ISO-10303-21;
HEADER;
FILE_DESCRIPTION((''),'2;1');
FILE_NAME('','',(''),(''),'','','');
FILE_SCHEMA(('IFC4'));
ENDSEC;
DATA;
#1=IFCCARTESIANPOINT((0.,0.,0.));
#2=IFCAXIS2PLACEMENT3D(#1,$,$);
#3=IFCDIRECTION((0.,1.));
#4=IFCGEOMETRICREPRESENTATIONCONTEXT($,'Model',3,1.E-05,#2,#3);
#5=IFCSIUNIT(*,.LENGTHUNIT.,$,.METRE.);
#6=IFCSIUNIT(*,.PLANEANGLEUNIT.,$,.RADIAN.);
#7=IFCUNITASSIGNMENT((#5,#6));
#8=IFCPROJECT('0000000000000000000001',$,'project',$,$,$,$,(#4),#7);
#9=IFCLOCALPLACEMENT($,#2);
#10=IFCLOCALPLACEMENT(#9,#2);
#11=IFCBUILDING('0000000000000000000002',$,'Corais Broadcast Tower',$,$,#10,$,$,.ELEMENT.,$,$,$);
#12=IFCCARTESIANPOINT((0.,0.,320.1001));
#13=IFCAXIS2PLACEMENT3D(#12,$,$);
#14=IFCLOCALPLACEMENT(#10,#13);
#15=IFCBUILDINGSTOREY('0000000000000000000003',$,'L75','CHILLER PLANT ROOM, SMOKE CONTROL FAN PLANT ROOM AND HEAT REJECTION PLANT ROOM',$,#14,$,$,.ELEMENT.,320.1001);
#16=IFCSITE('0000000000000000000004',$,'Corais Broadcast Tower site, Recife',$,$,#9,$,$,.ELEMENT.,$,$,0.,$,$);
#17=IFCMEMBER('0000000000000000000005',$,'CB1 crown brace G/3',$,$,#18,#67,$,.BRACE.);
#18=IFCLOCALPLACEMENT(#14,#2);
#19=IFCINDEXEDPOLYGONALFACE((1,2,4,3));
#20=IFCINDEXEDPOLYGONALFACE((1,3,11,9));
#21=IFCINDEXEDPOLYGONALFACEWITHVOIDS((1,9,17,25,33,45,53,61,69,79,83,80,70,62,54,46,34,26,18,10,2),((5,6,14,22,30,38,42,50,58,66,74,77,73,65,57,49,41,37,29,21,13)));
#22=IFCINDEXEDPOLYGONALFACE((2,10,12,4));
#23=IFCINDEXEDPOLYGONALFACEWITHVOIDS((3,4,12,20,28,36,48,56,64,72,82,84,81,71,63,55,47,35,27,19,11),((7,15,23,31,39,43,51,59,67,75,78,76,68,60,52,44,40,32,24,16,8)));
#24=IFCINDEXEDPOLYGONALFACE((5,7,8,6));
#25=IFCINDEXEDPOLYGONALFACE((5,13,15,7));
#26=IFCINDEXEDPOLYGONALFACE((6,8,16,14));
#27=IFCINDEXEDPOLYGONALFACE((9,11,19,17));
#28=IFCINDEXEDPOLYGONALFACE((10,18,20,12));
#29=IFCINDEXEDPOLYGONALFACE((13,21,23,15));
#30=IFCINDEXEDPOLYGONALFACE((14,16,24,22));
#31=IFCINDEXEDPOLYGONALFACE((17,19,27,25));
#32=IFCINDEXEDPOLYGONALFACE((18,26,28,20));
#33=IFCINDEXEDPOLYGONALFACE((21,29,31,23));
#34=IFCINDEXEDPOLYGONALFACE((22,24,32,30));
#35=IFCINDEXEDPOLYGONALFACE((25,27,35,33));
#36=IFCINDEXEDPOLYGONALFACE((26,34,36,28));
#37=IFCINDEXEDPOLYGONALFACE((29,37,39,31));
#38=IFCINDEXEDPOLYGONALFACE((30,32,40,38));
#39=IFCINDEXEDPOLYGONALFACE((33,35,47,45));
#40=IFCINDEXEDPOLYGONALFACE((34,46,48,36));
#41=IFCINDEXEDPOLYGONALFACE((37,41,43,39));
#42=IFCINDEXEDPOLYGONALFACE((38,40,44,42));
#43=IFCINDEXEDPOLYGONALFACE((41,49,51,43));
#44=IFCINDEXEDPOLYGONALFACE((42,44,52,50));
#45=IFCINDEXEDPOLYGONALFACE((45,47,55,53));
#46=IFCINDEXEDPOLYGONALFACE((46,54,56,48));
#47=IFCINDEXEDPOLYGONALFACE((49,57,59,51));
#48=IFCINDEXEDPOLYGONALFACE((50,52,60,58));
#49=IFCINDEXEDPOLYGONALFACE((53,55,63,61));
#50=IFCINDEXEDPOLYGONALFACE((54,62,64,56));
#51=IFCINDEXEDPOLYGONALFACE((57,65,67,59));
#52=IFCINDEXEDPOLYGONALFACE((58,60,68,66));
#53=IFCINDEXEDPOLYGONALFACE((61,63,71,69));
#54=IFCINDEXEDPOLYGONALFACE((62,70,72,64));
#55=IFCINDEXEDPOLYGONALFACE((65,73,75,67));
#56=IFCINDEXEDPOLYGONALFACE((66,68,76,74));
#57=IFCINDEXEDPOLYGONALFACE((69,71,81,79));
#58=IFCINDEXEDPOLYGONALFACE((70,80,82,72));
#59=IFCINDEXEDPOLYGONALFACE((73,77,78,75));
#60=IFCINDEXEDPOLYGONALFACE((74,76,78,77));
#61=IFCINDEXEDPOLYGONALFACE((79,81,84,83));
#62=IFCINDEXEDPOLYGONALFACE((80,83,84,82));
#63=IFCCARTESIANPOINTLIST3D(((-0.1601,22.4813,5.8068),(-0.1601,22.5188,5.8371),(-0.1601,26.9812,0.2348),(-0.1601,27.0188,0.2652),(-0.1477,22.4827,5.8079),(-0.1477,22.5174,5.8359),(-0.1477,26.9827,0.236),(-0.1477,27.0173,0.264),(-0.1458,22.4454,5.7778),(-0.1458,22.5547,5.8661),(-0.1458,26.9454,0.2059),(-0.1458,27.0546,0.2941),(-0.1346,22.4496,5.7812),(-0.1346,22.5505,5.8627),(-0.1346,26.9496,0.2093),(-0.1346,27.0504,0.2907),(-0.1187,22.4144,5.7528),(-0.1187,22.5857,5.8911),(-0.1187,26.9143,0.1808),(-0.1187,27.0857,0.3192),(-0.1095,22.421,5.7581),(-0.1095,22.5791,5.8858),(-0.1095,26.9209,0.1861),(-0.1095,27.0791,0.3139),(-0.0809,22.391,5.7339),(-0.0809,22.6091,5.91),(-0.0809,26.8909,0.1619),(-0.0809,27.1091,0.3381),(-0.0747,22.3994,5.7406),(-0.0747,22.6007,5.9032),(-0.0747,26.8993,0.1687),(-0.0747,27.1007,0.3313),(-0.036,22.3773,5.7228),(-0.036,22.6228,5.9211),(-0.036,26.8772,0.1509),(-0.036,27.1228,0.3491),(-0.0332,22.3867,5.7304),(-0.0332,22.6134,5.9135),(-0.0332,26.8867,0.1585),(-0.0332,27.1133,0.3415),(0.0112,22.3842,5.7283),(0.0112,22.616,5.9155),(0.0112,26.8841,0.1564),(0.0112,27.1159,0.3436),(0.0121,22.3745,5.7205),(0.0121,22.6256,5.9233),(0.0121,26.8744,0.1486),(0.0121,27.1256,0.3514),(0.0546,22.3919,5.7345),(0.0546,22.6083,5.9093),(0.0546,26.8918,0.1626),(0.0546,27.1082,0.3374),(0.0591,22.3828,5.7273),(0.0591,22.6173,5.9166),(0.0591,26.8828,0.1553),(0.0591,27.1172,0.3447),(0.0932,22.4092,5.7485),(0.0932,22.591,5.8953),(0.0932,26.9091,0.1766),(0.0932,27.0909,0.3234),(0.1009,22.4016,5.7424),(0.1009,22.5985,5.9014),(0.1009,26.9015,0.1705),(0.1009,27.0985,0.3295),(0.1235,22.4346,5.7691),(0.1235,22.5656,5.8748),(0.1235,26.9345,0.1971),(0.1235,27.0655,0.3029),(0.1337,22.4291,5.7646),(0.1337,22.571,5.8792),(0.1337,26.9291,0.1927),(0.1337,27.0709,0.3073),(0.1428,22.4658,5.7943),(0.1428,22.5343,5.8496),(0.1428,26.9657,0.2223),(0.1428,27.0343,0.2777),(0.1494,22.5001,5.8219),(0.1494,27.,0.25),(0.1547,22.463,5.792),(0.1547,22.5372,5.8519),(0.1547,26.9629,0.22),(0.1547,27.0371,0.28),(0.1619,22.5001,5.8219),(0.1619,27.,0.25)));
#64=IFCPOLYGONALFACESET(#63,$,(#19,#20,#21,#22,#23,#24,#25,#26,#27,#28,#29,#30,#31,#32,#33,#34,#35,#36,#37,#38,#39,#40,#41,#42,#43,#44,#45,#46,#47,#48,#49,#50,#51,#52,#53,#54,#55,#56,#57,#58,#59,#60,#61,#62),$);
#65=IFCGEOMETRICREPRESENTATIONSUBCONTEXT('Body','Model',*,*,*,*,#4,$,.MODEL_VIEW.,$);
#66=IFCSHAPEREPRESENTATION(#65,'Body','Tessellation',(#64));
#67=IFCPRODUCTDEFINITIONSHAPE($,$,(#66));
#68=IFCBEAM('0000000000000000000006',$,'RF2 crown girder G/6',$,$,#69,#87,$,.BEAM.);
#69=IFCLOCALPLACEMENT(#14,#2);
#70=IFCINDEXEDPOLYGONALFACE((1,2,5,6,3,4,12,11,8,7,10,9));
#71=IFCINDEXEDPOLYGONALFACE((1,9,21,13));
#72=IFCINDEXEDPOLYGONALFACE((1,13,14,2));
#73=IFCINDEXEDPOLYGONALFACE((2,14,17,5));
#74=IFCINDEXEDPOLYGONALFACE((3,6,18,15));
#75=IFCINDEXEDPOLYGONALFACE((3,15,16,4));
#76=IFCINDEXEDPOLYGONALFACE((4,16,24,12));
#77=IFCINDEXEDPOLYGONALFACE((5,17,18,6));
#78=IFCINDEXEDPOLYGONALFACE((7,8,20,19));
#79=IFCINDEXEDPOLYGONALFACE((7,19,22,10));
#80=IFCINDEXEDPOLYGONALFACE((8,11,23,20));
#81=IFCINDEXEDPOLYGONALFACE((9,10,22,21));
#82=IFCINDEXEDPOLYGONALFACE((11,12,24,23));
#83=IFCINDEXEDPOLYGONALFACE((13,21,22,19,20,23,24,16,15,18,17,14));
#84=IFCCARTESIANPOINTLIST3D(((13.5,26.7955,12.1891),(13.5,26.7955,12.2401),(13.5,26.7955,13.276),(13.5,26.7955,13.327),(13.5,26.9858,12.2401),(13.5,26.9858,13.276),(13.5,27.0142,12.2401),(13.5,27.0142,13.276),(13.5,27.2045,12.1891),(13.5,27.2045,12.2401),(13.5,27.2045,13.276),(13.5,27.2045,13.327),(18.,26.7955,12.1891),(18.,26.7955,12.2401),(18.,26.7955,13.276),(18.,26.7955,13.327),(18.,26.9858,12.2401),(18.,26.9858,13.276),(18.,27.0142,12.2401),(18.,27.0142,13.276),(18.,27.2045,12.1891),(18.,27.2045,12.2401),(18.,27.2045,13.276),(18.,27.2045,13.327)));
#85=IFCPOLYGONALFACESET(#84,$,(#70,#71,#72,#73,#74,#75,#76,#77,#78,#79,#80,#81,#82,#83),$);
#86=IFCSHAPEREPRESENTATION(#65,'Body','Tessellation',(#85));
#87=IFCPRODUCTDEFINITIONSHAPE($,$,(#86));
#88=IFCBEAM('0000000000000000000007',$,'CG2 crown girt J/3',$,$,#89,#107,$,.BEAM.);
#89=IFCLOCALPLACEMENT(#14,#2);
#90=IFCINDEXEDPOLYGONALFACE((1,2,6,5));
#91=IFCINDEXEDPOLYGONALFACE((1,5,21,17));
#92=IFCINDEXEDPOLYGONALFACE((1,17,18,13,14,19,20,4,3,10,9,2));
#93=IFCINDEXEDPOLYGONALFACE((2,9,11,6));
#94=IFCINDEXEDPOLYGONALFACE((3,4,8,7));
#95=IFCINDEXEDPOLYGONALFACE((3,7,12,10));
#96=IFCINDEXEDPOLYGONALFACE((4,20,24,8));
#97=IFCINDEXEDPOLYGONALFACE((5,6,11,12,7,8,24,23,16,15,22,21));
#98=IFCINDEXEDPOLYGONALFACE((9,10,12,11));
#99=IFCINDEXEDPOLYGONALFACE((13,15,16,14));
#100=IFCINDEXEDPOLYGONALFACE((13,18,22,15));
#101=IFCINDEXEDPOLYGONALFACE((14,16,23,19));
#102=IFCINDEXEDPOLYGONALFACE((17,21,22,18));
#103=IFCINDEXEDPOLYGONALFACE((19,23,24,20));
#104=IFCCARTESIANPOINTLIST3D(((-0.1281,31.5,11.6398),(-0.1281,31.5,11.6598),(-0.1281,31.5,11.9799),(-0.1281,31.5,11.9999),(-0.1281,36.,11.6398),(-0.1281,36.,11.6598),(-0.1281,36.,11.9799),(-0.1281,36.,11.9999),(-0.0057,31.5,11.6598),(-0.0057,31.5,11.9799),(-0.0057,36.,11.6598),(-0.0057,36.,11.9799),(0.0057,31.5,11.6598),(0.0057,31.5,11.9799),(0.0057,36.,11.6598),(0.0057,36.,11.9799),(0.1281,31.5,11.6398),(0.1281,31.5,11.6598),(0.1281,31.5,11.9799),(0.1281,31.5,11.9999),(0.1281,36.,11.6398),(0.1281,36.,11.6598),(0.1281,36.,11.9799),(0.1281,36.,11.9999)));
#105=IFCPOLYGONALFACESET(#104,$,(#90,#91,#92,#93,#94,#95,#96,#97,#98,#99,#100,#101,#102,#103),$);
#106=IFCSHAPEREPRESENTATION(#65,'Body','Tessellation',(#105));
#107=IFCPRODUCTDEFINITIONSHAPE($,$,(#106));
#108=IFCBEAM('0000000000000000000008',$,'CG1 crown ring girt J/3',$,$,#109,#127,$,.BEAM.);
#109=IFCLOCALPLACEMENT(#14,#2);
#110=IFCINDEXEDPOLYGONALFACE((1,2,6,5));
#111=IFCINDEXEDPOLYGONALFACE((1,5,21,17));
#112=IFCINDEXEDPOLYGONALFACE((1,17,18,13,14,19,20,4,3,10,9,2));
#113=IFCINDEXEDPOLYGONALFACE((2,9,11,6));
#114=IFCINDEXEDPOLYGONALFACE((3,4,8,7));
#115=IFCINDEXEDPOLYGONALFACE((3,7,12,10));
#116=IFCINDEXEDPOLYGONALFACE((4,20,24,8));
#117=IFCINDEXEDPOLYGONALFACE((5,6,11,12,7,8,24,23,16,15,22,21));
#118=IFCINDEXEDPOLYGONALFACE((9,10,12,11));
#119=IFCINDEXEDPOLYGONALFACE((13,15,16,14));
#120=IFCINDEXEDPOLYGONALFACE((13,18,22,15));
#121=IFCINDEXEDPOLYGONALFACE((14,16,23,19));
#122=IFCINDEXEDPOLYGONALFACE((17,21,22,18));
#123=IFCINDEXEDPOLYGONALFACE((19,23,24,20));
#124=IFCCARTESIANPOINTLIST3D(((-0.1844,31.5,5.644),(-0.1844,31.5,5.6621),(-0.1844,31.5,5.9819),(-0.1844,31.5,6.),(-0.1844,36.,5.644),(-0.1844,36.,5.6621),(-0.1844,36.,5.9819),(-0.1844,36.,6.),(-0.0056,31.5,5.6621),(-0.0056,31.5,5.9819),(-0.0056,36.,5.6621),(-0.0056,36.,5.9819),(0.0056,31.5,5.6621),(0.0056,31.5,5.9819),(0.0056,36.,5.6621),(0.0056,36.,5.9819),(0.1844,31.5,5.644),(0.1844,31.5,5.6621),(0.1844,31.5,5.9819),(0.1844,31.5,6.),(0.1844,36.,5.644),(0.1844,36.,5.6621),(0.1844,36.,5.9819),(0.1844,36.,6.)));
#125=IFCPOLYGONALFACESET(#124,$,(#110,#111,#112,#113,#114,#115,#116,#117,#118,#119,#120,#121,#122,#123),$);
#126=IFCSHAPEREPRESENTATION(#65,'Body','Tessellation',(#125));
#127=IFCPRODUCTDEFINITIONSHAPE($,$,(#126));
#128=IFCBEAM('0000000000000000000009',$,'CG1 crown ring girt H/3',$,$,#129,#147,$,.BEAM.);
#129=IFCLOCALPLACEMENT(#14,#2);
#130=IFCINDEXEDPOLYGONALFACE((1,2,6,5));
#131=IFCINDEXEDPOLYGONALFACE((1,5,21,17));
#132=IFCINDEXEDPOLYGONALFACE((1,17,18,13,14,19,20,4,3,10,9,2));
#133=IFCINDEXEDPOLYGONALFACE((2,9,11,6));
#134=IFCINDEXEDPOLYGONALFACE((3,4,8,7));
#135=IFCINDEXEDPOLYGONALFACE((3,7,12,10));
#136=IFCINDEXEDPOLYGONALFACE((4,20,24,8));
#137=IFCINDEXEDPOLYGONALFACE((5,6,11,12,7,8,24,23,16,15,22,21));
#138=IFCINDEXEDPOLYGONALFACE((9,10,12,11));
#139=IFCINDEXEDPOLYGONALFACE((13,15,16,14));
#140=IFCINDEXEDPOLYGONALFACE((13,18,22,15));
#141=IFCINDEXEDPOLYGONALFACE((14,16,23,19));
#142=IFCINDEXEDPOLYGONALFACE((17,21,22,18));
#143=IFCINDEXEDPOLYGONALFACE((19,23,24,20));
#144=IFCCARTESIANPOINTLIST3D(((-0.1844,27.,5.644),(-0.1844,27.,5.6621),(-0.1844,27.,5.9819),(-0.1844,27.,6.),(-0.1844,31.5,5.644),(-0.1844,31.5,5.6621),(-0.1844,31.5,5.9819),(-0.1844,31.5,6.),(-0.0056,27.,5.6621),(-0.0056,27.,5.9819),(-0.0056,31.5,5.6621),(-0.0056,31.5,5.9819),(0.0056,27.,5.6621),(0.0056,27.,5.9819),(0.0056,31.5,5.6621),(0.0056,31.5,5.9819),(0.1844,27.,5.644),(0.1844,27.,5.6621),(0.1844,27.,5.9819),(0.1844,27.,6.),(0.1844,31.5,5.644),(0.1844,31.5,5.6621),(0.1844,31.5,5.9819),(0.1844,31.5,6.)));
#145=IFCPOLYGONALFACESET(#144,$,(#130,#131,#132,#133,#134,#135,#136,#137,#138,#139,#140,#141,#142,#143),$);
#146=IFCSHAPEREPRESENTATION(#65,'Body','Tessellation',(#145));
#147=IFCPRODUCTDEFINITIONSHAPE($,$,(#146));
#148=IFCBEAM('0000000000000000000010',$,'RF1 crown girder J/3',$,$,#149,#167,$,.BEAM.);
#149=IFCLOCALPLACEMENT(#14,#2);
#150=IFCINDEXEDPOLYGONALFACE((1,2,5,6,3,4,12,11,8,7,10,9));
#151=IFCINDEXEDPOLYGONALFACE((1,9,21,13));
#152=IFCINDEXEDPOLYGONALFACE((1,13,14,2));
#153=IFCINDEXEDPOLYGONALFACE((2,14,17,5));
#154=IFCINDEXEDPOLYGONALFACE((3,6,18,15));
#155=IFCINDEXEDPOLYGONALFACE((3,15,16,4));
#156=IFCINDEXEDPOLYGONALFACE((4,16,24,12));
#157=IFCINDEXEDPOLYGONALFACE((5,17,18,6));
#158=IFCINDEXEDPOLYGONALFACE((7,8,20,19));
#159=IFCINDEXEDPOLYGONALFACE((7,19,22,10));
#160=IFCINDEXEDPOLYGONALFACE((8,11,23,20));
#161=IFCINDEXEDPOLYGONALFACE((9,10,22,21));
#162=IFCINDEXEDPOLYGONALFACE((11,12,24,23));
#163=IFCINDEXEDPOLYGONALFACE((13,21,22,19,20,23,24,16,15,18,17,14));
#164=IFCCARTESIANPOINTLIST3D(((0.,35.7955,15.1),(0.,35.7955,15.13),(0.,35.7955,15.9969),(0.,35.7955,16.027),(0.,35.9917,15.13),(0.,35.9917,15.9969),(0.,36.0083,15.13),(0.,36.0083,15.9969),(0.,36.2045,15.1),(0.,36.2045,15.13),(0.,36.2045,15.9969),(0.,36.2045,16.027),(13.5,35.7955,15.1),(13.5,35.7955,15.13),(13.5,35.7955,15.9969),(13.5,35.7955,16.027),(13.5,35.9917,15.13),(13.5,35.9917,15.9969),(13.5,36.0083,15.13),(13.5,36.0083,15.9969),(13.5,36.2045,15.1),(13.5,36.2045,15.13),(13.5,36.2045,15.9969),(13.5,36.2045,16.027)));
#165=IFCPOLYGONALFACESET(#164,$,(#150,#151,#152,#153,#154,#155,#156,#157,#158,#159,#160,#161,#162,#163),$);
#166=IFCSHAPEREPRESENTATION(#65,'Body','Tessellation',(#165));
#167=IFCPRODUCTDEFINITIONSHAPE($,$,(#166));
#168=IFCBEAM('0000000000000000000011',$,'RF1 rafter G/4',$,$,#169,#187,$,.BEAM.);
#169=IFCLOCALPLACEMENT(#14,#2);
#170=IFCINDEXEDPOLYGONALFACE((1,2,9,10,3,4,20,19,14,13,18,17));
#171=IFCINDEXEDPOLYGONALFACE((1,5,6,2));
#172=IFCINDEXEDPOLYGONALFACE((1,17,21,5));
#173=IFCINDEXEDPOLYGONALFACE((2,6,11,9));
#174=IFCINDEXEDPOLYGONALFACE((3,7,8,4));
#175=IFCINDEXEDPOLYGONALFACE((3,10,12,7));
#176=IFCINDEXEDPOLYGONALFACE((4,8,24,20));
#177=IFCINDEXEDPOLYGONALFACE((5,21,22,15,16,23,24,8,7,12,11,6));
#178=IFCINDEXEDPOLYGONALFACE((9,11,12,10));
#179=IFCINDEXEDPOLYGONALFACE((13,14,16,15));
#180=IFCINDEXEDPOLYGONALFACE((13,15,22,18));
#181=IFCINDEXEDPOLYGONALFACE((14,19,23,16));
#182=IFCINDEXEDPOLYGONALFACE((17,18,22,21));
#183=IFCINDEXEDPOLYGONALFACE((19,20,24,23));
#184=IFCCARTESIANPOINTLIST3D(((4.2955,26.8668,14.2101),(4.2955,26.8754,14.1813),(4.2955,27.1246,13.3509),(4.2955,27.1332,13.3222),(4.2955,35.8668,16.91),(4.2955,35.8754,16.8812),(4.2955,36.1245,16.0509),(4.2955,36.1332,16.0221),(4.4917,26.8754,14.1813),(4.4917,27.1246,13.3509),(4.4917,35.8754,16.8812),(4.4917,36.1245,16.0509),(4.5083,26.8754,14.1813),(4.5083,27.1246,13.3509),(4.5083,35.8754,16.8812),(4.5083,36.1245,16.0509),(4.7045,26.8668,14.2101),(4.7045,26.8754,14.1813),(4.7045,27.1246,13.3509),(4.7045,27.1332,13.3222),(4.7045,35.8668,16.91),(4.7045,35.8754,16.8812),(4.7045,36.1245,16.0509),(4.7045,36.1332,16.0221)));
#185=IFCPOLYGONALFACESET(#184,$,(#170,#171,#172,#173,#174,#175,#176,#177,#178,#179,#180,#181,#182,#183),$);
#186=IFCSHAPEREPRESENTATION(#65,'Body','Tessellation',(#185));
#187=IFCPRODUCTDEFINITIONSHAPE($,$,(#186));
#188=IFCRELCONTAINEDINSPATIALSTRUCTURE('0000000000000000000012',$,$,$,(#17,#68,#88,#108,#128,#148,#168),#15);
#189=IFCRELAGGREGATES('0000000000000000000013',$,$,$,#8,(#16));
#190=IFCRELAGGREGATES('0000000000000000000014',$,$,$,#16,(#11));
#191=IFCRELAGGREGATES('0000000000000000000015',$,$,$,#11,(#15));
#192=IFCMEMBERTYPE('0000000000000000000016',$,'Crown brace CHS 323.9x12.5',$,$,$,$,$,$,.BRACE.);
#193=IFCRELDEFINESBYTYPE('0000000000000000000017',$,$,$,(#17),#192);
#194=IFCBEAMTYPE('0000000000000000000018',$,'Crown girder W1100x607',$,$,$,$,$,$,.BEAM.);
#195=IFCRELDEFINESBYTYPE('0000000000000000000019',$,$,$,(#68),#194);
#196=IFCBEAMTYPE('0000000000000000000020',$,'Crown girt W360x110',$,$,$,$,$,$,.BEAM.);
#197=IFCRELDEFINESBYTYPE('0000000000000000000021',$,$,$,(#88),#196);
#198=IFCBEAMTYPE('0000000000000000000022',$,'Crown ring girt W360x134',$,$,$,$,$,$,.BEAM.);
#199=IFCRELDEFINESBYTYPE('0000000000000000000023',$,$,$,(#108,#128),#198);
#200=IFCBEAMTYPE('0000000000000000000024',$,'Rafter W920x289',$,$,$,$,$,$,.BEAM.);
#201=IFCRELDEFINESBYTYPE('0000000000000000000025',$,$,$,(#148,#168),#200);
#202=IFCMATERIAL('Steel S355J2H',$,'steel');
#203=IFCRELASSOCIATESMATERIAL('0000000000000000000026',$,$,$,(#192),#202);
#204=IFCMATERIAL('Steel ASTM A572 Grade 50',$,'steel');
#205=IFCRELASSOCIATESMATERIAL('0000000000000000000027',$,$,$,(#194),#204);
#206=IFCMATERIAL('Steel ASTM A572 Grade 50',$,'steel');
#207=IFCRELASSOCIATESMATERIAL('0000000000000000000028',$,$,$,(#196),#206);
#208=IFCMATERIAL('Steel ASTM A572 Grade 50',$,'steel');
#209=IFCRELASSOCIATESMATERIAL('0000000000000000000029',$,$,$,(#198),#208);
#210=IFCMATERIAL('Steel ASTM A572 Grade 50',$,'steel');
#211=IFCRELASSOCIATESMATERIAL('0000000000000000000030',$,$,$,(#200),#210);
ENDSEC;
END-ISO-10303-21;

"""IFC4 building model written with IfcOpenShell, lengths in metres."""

from ifc_helpers import new_model, si_unit, direction, frame, origin, origin_2d, place, context, subcontext, project, spatial, hollow_circle, i_section, extrude, material, material_profile, profile_set, type_object, element, save


model = new_model("IFC4")

# Units and contexts
model_context = context("Model", 3, precision=1e-05, world=origin(), true_north=direction((0.0, 1.0)))
body_context = subcontext(model_context, "Body", "Model", "MODEL_VIEW")
ifc_project = project(units=[si_unit("LENGTHUNIT", "METRE"), si_unit("PLANEANGLEUNIT", "RADIAN")], contexts=[model_context])

# Site, building, storey
site_placement = place(None, origin())
site = spatial("IfcSite", under=ifc_project, at=site_placement, Name="Corais Broadcast Tower site, Recife", CompositionType="ELEMENT", RefElevation=0.0)
building_placement = place(site_placement, origin())
building = spatial("IfcBuilding", under=site, at=building_placement, Name="Corais Broadcast Tower", CompositionType="ELEMENT")
storey_placement = place(building_placement, frame((0.0, 0.0, 320.1001)))
storey = spatial("IfcBuildingStorey", under=building, at=storey_placement, Name="L75", Description="CHILLER PLANT ROOM, SMOKE CONTROL FAN PLANT ROOM AND HEAT REJECTION PLANT ROOM", CompositionType="ELEMENT", Elevation=320.1001)

# Member
ifc_material_1 = material(Name="Steel S355J2H", Category="steel")
ifc_material_profile_1 = material_profile(ifc_material_1, hollow_circle(Radius=0.1619, WallThickness=0.0125, at=origin_2d()), Name="CHS 323.9x12.5")
ifc_profile_set_1 = profile_set([ifc_material_profile_1], Name="Steel S355J2H")
member_type = type_object("IfcMemberType", Name="Crown brace CHS 323.9x12.5", PredefinedType="BRACE", material=ifc_profile_set_1)
member_placement = place(storey_placement, frame((0.0, 27.0, 0.25), z_axis=(0.0, -0.628297, 0.777974), x_axis=(1.0, 0.0, 0.0)))
element("IfcMember", 1, at=member_placement, inside=storey, type_object=member_type, Name="CB1 crown brace G/3", PredefinedType="BRACE", context=body_context, shape_type="SweptSolid", body=[
    extrude(hollow_circle(Radius=0.1619, WallThickness=0.0125, at=origin_2d()), origin(), (0.0, 0.0, 1.0), 7.1621),
])

# Beams
ifc_material_2 = material(Name="Steel ASTM A572 Grade 50", Category="steel")
ifc_material_profile_2 = material_profile(ifc_material_2, i_section(OverallWidth=0.4089, OverallDepth=1.1379, WebThickness=0.0283, FlangeThickness=0.051, at=origin_2d()), Name="W1100x607")
ifc_profile_set_2 = profile_set([ifc_material_profile_2], Name="Steel ASTM A572 Grade 50")
beam_type_1 = type_object("IfcBeamType", Name="Crown girder W1100x607", PredefinedType="BEAM", material=ifc_profile_set_2)
beam_1_placement = place(storey_placement, frame((13.5, 27.0, 12.7581), z_axis=(1.0, 0.0, 0.0), x_axis=(0.0, 1.0, 0.0)))
element("IfcBeam", 2, at=beam_1_placement, inside=storey, type_object=beam_type_1, Name="RF2 crown girder G/6", PredefinedType="BEAM", context=body_context, shape_type="SweptSolid", body=[
    extrude(i_section(OverallWidth=0.4089, OverallDepth=1.1379, WebThickness=0.0283, FlangeThickness=0.051, at=origin_2d()), origin(), (0.0, 0.0, 1.0), 4.5),
])
ifc_material_3 = material(Name="Steel ASTM A572 Grade 50", Category="steel")
ifc_material_profile_3 = material_profile(ifc_material_3, i_section(OverallWidth=0.2561, OverallDepth=0.3601, WebThickness=0.0115, FlangeThickness=0.02, at=origin_2d()), Name="W360x110")
ifc_profile_set_3 = profile_set([ifc_material_profile_3], Name="Steel ASTM A572 Grade 50")
beam_type_2 = type_object("IfcBeamType", Name="Crown girt W360x110", PredefinedType="BEAM", material=ifc_profile_set_3)
beam_2_placement = place(storey_placement, frame((0.0, 36.0, 11.8198), z_axis=(0.0, -1.0, 0.0), x_axis=(1.0, 0.0, 0.0)))
element("IfcBeam", 3, at=beam_2_placement, inside=storey, type_object=beam_type_2, Name="CG2 crown girt J/3", PredefinedType="BEAM", context=body_context, shape_type="SweptSolid", body=[
    extrude(i_section(OverallWidth=0.2561, OverallDepth=0.3601, WebThickness=0.0115, FlangeThickness=0.02, at=origin_2d()), origin(), (0.0, 0.0, 1.0), 4.5),
])
ifc_material_4 = material(Name="Steel ASTM A572 Grade 50", Category="steel")
ifc_material_profile_4 = material_profile(ifc_material_4, i_section(OverallWidth=0.3689, OverallDepth=0.356, WebThickness=0.0112, FlangeThickness=0.0181, at=origin_2d()), Name="W360x134")
ifc_profile_set_4 = profile_set([ifc_material_profile_4], Name="Steel ASTM A572 Grade 50")
beam_type_3 = type_object("IfcBeamType", Name="Crown ring girt W360x134", PredefinedType="BEAM", material=ifc_profile_set_4)
for number, where, z_axis, x_axis, name in (
    (4, (0.0, 36.0, 5.822), (0.0, -1.0, 0.0), (1.0, 0.0, 0.0), "CG1 crown ring girt J/3"),
    (5, (0.0, 31.5, 5.822), (0.0, -1.0, 0.0), (1.0, 0.0, 0.0), "CG1 crown ring girt H/3"),
):
    element("IfcBeam", number, at=place(storey_placement, frame(where, z_axis=z_axis, x_axis=x_axis)), inside=storey, type_object=beam_type_3, Name=name, PredefinedType="BEAM", context=body_context, shape_type="SweptSolid", body=[
        extrude(i_section(OverallWidth=0.3689, OverallDepth=0.356, WebThickness=0.0112, FlangeThickness=0.0181, at=origin_2d()), origin(), (0.0, 0.0, 1.0), 4.5),
    ])
ifc_material_5 = material(Name="Steel ASTM A572 Grade 50", Category="steel")
ifc_material_profile_5 = material_profile(ifc_material_5, i_section(OverallWidth=0.4089, OverallDepth=0.927, WebThickness=0.0166, FlangeThickness=0.03, at=origin_2d()), Name="W920x289")
ifc_profile_set_5 = profile_set([ifc_material_profile_5], Name="Steel ASTM A572 Grade 50")
beam_type_4 = type_object("IfcBeamType", Name="Rafter W920x289", PredefinedType="BEAM", material=ifc_profile_set_5)
beam_3_placement = place(storey_placement, frame((0.0, 36.0, 15.5635), z_axis=(1.0, 0.0, 0.0), x_axis=(0.0, 1.0, 0.0)))
element("IfcBeam", 6, at=beam_3_placement, inside=storey, type_object=beam_type_4, Name="RF1 crown girder J/3", PredefinedType="BEAM", context=body_context, shape_type="SweptSolid", body=[
    extrude(i_section(OverallWidth=0.4089, OverallDepth=0.927, WebThickness=0.0166, FlangeThickness=0.03, at=origin_2d()), origin(), (0.0, 0.0, 1.0), 13.5),
])
beam_4_placement = place(storey_placement, frame((4.5, 27.0, 13.7661), z_axis=(0.0, 0.957828, 0.287343), x_axis=(-1.0, 0.0, 0.0)))
element("IfcBeam", 7, at=beam_4_placement, inside=storey, type_object=beam_type_4, Name="RF1 rafter G/4", PredefinedType="BEAM", context=body_context, shape_type="SweptSolid", body=[
    extrude(i_section(OverallWidth=0.4089, OverallDepth=0.927, WebThickness=0.0166, FlangeThickness=0.03, at=origin_2d()), origin(), (0.0, 0.0, 1.0), 9.3962),
])

save(model, "model.ifc")
